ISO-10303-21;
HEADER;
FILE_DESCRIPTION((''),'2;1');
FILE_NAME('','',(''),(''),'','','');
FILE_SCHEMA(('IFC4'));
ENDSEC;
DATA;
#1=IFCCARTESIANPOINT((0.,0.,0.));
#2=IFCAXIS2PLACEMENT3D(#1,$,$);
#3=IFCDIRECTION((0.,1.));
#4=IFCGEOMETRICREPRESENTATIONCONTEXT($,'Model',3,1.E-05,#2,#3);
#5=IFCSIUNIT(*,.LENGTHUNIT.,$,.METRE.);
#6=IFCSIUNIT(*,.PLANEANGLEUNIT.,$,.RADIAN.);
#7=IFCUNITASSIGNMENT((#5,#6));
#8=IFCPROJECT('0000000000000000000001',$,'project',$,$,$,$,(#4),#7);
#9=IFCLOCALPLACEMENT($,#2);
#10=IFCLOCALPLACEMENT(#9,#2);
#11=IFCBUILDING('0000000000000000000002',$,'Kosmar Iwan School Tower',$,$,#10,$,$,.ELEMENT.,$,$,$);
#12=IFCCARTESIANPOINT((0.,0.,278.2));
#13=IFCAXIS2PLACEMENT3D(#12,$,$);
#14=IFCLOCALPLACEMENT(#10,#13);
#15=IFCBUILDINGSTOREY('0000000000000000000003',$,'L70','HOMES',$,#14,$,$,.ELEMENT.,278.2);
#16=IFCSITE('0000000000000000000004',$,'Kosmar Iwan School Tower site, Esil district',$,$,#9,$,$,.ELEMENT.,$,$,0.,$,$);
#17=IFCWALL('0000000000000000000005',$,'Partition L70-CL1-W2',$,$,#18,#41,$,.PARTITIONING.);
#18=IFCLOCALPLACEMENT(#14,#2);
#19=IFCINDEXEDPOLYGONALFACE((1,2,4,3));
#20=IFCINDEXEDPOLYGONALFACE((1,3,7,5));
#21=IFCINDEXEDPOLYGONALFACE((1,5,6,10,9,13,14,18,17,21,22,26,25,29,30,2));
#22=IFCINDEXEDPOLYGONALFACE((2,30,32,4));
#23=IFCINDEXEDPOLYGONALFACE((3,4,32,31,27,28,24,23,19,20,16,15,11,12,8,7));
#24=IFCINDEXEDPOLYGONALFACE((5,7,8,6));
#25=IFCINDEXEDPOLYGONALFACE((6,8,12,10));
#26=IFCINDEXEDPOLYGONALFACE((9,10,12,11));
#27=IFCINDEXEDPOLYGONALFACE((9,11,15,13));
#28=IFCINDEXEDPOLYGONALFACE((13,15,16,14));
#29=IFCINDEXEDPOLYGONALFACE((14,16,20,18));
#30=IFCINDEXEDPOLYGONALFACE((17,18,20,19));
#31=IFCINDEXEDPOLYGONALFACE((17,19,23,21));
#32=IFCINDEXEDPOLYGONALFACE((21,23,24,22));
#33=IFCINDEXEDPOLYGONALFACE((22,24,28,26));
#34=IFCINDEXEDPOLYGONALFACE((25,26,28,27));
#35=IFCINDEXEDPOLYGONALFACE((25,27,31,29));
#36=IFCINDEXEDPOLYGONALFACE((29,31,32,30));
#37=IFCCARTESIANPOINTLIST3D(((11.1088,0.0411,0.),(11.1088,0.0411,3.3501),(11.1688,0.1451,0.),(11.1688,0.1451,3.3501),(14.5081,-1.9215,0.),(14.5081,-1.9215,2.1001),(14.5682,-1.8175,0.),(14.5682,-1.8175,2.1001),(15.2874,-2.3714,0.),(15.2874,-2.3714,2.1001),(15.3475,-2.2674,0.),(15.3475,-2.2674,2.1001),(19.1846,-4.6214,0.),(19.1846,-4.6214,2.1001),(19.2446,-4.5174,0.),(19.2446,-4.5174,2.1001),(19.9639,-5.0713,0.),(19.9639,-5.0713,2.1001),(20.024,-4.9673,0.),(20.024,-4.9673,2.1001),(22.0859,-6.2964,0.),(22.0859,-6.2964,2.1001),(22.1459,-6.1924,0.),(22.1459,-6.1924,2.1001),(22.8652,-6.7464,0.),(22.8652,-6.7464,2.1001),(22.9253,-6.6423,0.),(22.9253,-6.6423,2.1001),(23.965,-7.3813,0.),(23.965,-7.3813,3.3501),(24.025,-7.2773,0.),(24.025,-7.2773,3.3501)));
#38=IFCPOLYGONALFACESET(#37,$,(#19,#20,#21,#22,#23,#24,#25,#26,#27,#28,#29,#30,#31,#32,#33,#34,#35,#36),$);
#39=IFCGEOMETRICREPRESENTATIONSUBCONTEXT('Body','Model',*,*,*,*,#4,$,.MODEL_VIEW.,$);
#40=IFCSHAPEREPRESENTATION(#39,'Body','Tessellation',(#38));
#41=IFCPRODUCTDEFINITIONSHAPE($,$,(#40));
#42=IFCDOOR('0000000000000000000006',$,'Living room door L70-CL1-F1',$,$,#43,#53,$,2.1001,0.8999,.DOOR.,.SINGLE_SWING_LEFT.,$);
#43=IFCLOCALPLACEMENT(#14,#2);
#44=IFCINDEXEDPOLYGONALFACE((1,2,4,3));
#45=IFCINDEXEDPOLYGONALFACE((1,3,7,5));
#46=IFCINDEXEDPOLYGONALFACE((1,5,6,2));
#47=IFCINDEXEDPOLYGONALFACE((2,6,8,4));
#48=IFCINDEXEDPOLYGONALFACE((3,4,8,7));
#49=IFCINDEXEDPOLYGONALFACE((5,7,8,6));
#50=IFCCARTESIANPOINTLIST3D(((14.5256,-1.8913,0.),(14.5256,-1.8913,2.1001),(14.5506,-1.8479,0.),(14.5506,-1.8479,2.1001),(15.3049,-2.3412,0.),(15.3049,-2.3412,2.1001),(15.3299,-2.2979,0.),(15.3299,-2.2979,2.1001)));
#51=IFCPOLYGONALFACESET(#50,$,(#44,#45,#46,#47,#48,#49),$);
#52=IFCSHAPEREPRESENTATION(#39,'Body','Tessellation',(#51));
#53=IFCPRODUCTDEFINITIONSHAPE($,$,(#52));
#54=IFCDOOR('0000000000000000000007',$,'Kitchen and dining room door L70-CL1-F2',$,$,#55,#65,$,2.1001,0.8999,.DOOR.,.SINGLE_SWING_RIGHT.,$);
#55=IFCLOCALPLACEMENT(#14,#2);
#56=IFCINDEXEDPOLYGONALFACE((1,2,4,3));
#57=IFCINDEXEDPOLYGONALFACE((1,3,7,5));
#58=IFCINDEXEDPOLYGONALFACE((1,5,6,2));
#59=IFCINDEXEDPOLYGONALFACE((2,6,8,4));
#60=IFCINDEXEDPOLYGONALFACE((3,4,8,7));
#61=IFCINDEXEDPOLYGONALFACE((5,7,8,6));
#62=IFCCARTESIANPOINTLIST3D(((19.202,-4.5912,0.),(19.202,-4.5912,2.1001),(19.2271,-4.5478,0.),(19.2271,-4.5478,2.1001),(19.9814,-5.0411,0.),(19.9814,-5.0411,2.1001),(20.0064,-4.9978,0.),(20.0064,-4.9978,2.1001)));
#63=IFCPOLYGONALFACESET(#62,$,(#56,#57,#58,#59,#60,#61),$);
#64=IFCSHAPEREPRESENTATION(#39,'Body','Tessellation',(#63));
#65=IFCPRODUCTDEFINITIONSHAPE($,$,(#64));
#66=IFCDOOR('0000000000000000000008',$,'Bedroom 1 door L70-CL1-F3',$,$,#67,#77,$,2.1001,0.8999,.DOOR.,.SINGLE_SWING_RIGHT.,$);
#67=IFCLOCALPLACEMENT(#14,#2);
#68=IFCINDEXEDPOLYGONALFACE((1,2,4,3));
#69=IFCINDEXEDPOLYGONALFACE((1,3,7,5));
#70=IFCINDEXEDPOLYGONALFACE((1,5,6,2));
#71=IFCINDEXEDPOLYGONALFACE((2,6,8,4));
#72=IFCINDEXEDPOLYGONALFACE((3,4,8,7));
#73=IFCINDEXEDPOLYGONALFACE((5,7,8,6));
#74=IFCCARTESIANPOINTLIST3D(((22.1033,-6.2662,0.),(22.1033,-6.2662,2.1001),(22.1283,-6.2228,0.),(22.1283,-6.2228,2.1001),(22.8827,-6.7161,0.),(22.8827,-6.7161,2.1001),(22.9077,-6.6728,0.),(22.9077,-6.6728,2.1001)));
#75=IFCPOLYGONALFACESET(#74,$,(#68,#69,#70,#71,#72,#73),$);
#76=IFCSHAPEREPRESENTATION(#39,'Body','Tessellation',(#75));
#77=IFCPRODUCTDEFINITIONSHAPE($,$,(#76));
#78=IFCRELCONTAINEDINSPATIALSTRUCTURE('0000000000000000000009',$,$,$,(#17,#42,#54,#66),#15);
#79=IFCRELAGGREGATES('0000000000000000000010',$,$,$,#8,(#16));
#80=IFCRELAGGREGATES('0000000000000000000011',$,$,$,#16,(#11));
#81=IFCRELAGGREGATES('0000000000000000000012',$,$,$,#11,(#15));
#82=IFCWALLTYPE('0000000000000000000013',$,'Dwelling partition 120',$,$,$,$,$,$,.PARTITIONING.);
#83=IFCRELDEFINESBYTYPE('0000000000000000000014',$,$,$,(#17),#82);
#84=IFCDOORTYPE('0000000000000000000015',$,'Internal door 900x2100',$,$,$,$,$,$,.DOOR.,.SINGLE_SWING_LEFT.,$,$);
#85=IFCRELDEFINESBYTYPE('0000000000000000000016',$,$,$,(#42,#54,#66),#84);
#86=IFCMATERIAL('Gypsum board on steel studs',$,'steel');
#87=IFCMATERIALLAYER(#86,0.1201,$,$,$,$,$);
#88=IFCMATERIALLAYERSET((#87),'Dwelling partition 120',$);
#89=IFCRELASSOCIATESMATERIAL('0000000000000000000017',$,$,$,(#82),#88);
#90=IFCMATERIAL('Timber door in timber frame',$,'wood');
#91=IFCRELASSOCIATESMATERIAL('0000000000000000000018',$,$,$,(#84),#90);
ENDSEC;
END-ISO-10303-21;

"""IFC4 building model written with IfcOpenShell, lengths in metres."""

from ifc_helpers import new_model, si_unit, direction, frame, frame_2d, origin, place, context, subcontext, project, spatial, rectangle, extrude, material, layer, layer_set, type_object, element, fill, save


model = new_model("IFC4")

# Units and contexts
model_context = context("Model", 3, precision=1e-05, world=origin(), true_north=direction((0.0, 1.0)))
body_context = subcontext(model_context, "Body", "Model", "MODEL_VIEW")
ifc_project = project(units=[si_unit("LENGTHUNIT", "METRE"), si_unit("PLANEANGLEUNIT", "RADIAN")], contexts=[model_context])

# Site, building, storey
site_placement = place(None, origin())
site = spatial("IfcSite", under=ifc_project, at=site_placement, Name="Kosmar Iwan School Tower site, Esil district", CompositionType="ELEMENT", RefElevation=0.0)
building_placement = place(site_placement, origin())
building = spatial("IfcBuilding", under=site, at=building_placement, Name="Kosmar Iwan School Tower", CompositionType="ELEMENT")
storey_placement = place(building_placement, frame((0.0, 0.0, 278.2)))
storey = spatial("IfcBuildingStorey", under=building, at=storey_placement, Name="L70", Description="HOMES", CompositionType="ELEMENT", Elevation=278.2)

# Wall, openings, doors
ifc_material_1 = material(Name="Gypsum board on steel studs", Category="steel")
ifc_layer_1 = layer(ifc_material_1, 0.1201)
ifc_layer_set_1 = layer_set([ifc_layer_1], Name="Dwelling partition 120")
wall_type_1 = type_object("IfcWallType", Name="Dwelling partition 120", PredefinedType="PARTITIONING", material=ifc_layer_set_1)
ifc_material_2 = material(Name="Timber door in timber frame", Category="wood")
door_type_1 = type_object("IfcDoorType", Name="Internal door 900x2100", OperationType="SINGLE_SWING_LEFT", PredefinedType="DOOR", material=ifc_material_2)
wall_1_placement = place(storey_placement, frame((11.1389, 0.093, 0.0), z_axis=(0.0, 0.0, 1.0), x_axis=(0.86603, -0.499992, 0.0)))
wall_1 = element("IfcWall", 1, at=wall_1_placement, inside=storey, type_object=wall_type_1, Name="Partition L70-CL1-W2", PredefinedType="PARTITIONING", context=body_context, shape_type="SweptSolid", body=[
    extrude(rectangle(XDim=14.845, YDim=0.1201, at=frame_2d((7.4224, 0.0))), origin(), (0.0, 0.0, 1.0), 3.3501),
])
opening_1_placement = place(wall_1_placement, frame((3.925, 0.0, 0.0)))
opening_1 = element("IfcOpeningElement", 2, at=opening_1_placement, cuts=wall_1, PredefinedType="OPENING", context=body_context, shape_type="SweptSolid", body=[
    extrude(rectangle(XDim=0.8999, YDim=2.1001, at=frame_2d((0.45, 1.05))), frame((0.0, 0.072, 0.0), z_axis=(0.0, -1.0, 0.0), x_axis=(1.0, 0.0, 0.0)), (0.0, 0.0, 1.0), 0.144),
])
opening_2_placement = place(wall_1_placement, frame((9.325, 0.0, 0.0)))
opening_2 = element("IfcOpeningElement", 3, at=opening_2_placement, cuts=wall_1, PredefinedType="OPENING", context=body_context, shape_type="SweptSolid", body=[
    extrude(rectangle(XDim=0.8999, YDim=2.1001, at=frame_2d((0.45, 1.05))), frame((0.0, 0.072, 0.0), z_axis=(0.0, -1.0, 0.0), x_axis=(1.0, 0.0, 0.0)), (0.0, 0.0, 1.0), 0.144),
])
opening_3_placement = place(wall_1_placement, frame((12.675, 0.0, 0.0)))
opening_3 = element("IfcOpeningElement", 4, at=opening_3_placement, cuts=wall_1, PredefinedType="OPENING", context=body_context, shape_type="SweptSolid", body=[
    extrude(rectangle(XDim=0.8999, YDim=2.1001, at=frame_2d((0.45, 1.05))), frame((0.0, 0.072, 0.0), z_axis=(0.0, -1.0, 0.0), x_axis=(1.0, 0.0, 0.0)), (0.0, 0.0, 1.0), 0.144),
])
door_1_placement = place(opening_1_placement, origin())
door_1 = element("IfcDoor", 5, at=door_1_placement, inside=storey, type_object=door_type_1, Name="Living room door L70-CL1-F1", OperationType="SINGLE_SWING_LEFT", OverallHeight=2.1001, OverallWidth=0.8999, PredefinedType="DOOR", context=body_context, shape_type="SweptSolid", body=[
    extrude(rectangle(XDim=0.8999, YDim=2.1001, at=frame_2d((0.45, 1.05))), frame((0.0, 0.0249, 0.0), z_axis=(0.0, -1.0, 0.0), x_axis=(1.0, 0.0, 0.0)), (0.0, 0.0, 1.0), 0.05),
])
fill(opening_1, door_1)
door_2_placement = place(opening_2_placement, origin())
door_2 = element("IfcDoor", 6, at=door_2_placement, inside=storey, type_object=door_type_1, Name="Kitchen and dining room door L70-CL1-F2", OperationType="SINGLE_SWING_RIGHT", OverallHeight=2.1001, OverallWidth=0.8999, PredefinedType="DOOR", context=body_context, shape_type="SweptSolid", body=[
    extrude(rectangle(XDim=0.8999, YDim=2.1001, at=frame_2d((0.45, 1.05))), frame((0.0, 0.0249, 0.0), z_axis=(0.0, -1.0, 0.0), x_axis=(1.0, 0.0, 0.0)), (0.0, 0.0, 1.0), 0.05),
])
fill(opening_2, door_2)
door_3_placement = place(opening_3_placement, origin())
door_3 = element("IfcDoor", 7, at=door_3_placement, inside=storey, type_object=door_type_1, Name="Bedroom 1 door L70-CL1-F3", OperationType="SINGLE_SWING_RIGHT", OverallHeight=2.1001, OverallWidth=0.8999, PredefinedType="DOOR", context=body_context, shape_type="SweptSolid", body=[
    extrude(rectangle(XDim=0.8999, YDim=2.1001, at=frame_2d((0.45, 1.05))), frame((0.0, 0.0249, 0.0), z_axis=(0.0, -1.0, 0.0), x_axis=(1.0, 0.0, 0.0)), (0.0, 0.0, 1.0), 0.05),
])
fill(opening_3, door_3)

save(model, "model.ifc")
